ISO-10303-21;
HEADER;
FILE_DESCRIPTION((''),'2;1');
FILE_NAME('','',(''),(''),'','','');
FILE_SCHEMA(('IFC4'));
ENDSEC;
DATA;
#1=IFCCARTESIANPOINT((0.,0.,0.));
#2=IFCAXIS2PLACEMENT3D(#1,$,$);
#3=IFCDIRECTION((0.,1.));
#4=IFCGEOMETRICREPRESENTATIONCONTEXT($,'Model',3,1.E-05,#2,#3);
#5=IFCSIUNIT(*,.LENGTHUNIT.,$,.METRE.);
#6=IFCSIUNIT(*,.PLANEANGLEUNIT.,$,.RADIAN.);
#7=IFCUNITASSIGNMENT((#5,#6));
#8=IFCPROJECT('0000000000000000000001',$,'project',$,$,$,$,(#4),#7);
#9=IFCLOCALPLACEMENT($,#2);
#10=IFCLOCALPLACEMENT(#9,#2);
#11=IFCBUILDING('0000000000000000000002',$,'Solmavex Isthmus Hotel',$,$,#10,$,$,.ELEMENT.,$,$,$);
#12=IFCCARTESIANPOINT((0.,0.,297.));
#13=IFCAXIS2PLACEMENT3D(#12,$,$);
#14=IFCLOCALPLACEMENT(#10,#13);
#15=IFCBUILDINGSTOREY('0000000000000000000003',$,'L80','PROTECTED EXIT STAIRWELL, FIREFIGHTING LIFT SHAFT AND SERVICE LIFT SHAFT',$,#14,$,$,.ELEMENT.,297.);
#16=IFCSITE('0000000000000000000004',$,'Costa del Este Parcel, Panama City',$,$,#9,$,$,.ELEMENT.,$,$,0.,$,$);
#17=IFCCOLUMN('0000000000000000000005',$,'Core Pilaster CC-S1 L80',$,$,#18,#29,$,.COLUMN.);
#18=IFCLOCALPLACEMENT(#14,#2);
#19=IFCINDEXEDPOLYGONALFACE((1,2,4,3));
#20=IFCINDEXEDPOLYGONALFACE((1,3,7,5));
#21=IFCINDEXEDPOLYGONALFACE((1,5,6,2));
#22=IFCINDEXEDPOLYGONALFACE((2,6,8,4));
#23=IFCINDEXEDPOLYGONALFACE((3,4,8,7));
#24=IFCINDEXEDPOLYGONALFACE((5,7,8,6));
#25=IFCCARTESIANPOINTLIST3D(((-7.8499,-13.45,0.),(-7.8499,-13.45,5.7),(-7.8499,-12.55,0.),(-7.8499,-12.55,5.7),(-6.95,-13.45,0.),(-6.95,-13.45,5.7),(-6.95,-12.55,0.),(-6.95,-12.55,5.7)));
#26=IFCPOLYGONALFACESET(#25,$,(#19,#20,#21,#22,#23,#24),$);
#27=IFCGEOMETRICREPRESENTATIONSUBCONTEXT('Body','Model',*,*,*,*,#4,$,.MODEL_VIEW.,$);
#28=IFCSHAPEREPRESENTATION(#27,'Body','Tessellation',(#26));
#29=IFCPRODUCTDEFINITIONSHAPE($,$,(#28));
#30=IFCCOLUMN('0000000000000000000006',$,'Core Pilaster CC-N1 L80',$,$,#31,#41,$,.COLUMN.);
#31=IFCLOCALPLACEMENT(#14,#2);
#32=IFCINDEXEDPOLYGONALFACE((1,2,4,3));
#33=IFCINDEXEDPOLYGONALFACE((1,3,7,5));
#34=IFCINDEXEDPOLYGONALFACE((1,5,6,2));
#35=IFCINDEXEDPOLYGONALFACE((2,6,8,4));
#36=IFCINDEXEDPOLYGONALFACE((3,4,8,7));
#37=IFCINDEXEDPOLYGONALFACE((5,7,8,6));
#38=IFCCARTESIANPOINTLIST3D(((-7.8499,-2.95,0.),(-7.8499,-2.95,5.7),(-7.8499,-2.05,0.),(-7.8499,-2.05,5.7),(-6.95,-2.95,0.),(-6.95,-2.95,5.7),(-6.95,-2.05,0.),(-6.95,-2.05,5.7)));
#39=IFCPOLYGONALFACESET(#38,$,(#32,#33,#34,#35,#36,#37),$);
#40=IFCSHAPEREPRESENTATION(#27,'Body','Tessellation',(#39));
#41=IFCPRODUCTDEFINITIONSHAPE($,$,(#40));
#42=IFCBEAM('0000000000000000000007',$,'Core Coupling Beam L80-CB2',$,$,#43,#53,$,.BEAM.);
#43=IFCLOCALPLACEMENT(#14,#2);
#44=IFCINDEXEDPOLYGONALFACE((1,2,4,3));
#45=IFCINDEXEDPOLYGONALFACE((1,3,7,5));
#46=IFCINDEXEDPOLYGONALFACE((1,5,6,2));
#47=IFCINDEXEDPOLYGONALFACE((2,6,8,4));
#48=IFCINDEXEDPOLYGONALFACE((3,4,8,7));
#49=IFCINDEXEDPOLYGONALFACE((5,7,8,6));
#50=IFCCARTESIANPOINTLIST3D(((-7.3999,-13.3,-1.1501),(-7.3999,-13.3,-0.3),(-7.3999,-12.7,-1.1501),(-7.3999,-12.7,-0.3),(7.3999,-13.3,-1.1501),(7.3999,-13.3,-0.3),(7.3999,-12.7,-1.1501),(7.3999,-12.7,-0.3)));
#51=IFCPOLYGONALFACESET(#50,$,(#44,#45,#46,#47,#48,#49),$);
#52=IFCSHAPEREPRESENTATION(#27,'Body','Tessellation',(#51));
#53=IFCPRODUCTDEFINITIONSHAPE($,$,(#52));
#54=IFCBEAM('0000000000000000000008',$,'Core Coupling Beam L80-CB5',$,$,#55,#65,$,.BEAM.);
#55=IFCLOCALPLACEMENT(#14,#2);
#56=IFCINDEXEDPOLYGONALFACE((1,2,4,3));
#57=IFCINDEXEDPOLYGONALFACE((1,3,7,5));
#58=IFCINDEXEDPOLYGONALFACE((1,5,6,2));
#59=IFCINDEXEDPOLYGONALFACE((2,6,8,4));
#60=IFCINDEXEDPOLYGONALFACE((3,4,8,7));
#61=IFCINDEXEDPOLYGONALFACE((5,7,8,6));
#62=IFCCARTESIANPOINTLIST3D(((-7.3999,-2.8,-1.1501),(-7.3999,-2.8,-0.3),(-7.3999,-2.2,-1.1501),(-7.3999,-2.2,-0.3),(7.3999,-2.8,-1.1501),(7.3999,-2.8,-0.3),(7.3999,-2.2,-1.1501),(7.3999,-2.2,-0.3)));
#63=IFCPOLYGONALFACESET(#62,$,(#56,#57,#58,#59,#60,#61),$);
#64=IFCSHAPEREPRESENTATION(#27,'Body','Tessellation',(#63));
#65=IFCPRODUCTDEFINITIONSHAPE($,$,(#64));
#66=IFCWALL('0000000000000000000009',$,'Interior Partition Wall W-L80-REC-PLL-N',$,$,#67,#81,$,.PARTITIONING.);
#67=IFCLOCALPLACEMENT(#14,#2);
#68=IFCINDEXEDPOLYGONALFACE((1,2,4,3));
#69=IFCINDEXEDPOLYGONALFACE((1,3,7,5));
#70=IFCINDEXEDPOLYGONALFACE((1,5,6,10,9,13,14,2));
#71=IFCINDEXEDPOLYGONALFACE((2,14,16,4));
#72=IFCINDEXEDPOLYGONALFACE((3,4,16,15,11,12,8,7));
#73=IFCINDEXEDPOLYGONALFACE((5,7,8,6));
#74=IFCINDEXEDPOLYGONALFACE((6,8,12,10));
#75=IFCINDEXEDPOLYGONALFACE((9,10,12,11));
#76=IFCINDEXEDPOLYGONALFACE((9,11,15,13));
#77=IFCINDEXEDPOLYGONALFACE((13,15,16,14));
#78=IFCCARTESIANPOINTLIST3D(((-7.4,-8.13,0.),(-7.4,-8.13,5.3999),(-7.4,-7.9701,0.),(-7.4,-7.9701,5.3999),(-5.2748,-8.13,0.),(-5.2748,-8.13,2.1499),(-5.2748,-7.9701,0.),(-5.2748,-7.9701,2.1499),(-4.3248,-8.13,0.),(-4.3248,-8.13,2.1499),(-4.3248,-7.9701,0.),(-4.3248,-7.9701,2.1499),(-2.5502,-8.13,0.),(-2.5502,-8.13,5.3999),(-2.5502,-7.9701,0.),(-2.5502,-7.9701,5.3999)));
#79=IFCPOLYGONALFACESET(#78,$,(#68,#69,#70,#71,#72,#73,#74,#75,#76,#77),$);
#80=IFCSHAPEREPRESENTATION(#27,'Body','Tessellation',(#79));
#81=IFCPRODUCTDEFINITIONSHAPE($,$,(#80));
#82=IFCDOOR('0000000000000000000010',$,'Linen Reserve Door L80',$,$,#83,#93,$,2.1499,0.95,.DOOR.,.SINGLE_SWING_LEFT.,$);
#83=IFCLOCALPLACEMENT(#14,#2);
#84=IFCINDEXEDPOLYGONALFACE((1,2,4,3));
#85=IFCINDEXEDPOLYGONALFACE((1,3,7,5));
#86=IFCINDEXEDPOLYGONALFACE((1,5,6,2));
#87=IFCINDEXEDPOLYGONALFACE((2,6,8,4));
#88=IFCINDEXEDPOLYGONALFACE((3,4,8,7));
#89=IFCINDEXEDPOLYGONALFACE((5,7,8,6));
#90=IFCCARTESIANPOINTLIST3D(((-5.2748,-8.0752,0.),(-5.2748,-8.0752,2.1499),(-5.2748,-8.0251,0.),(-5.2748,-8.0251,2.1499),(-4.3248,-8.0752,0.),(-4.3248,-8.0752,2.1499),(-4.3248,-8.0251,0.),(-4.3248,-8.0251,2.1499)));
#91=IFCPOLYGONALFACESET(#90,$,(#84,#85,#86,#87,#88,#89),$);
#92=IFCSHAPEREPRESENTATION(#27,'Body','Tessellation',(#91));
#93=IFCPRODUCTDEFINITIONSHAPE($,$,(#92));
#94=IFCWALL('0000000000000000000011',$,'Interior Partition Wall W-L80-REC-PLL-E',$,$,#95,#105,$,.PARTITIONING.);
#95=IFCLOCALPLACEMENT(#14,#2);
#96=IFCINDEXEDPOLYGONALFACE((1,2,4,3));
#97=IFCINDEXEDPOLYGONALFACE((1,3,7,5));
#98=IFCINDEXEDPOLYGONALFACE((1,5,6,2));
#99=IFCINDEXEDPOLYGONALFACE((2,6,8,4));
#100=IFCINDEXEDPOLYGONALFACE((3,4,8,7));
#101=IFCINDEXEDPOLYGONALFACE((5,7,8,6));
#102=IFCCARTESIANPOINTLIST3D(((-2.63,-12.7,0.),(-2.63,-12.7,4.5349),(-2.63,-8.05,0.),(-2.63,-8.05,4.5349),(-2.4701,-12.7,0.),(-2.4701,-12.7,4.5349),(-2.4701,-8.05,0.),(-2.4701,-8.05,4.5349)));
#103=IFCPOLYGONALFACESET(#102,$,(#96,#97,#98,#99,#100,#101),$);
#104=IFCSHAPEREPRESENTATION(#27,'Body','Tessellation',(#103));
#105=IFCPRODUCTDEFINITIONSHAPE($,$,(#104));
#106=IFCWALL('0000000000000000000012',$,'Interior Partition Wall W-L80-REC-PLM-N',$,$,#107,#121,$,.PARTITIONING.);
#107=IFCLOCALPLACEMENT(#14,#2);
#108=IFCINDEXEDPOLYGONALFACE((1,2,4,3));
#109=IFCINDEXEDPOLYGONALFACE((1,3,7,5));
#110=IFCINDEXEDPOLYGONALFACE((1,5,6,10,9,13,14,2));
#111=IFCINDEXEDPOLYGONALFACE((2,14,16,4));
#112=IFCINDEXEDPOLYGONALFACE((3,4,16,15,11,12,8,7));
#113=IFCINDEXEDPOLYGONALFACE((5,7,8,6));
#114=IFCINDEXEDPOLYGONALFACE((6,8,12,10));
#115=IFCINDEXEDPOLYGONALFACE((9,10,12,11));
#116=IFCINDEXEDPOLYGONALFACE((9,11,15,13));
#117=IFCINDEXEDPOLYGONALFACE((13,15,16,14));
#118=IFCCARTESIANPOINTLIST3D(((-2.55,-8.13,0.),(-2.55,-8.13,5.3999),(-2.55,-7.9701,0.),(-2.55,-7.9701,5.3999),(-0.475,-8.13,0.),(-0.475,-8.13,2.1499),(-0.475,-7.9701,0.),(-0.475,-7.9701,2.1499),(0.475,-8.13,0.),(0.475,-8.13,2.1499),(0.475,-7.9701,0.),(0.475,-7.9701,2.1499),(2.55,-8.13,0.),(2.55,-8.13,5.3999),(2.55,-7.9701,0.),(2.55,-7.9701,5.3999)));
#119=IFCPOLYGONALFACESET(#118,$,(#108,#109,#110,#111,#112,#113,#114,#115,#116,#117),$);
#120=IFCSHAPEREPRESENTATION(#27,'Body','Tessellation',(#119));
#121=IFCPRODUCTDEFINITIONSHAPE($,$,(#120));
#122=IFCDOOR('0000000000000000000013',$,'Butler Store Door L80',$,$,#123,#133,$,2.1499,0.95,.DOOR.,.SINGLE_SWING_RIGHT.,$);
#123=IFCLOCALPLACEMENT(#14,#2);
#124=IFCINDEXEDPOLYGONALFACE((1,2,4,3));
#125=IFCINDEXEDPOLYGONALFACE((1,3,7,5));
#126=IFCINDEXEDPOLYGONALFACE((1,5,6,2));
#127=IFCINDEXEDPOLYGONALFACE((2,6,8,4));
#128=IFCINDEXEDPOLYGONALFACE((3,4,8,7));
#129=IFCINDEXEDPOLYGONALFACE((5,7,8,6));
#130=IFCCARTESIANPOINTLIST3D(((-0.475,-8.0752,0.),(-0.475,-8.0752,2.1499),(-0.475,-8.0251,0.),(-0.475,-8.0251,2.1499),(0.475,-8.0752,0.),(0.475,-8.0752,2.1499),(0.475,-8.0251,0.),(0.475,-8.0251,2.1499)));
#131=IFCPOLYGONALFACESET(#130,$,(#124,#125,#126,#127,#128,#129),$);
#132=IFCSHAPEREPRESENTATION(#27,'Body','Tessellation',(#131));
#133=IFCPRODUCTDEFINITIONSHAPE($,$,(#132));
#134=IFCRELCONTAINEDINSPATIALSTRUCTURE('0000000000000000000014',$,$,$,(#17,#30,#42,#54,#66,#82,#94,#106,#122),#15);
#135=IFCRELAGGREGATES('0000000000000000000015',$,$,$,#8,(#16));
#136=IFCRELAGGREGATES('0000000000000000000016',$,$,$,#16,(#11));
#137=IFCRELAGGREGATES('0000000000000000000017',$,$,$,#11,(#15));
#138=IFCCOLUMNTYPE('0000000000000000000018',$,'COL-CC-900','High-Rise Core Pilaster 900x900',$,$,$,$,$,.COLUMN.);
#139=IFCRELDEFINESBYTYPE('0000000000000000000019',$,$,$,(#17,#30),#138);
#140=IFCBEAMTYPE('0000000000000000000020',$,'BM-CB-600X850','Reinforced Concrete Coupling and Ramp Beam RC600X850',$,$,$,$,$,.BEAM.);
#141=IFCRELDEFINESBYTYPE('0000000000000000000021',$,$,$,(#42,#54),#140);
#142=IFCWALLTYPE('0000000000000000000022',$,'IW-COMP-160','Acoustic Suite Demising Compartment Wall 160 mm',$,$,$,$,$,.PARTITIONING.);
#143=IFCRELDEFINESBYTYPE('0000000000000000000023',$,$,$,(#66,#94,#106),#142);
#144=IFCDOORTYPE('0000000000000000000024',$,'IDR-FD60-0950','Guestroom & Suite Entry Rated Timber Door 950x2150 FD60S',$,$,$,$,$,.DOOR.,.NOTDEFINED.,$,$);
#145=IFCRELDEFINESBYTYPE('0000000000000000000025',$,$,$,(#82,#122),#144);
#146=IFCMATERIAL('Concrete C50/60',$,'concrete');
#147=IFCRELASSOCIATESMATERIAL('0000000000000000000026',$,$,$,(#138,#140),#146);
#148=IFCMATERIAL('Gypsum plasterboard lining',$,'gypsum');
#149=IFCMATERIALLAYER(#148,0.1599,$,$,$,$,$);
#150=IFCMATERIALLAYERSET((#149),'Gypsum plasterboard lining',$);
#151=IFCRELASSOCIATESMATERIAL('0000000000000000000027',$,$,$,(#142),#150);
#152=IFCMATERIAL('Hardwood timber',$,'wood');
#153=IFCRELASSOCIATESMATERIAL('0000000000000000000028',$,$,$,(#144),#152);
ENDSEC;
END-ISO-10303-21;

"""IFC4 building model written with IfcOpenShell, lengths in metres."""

from ifc_helpers import new_model, si_unit, direction, frame, frame_2d, origin, origin_2d, place, context, subcontext, project, spatial, rectangle, extrude, material, layer, layer_set, material_profile, profile_set, type_object, element, fill, save


model = new_model("IFC4")

# Units and contexts
model_context = context("Model", 3, precision=1e-05, world=origin(), true_north=direction((0.0, 1.0)))
body_context = subcontext(model_context, "Body", "Model", "MODEL_VIEW")
ifc_project = project(units=[si_unit("LENGTHUNIT", "METRE"), si_unit("PLANEANGLEUNIT", "RADIAN")], contexts=[model_context])

# Site, building, storey
site_placement = place(None, origin())
site = spatial("IfcSite", under=ifc_project, at=site_placement, Name="Costa del Este Parcel, Panama City", CompositionType="ELEMENT", RefElevation=0.0)
building_placement = place(site_placement, origin())
building = spatial("IfcBuilding", under=site, at=building_placement, Name="Solmavex Isthmus Hotel", CompositionType="ELEMENT")
storey_placement = place(building_placement, frame((0.0, 0.0, 297.0)))
storey = spatial("IfcBuildingStorey", under=building, at=storey_placement, Name="L80", Description="PROTECTED EXIT STAIRWELL, FIREFIGHTING LIFT SHAFT AND SERVICE LIFT SHAFT", CompositionType="ELEMENT", Elevation=297.0)

# Columns
ifc_material_1 = material(Name="Concrete C50/60", Category="concrete")
ifc_material_profile_1 = material_profile(ifc_material_1, rectangle(XDim=0.8999, YDim=0.8999, at=origin_2d()), Name="RC900X900")
ifc_profile_set_1 = profile_set([ifc_material_profile_1], Name="Concrete C50/60")
column_type = type_object("IfcColumnType", Name="COL-CC-900", Description="High-Rise Core Pilaster 900x900", PredefinedType="COLUMN", material=ifc_profile_set_1)
for number, where, z_axis, x_axis, name in (
    (1, (-7.3999, -13.0, 0.0), (0.0, 0.0, 1.0), (1.0, 0.0, 0.0), "Core Pilaster CC-S1 L80"),
    (2, (-7.3999, -2.5, 0.0), (0.0, 0.0, 1.0), (1.0, 0.0, 0.0), "Core Pilaster CC-N1 L80"),
):
    element("IfcColumn", number, at=place(storey_placement, frame(where, z_axis=z_axis, x_axis=x_axis)), inside=storey, type_object=column_type, Name=name, PredefinedType="COLUMN", context=body_context, shape_type="SweptSolid", body=[
        extrude(rectangle(XDim=0.8999, YDim=0.8999, at=origin_2d()), origin(), (0.0, 0.0, 1.0), 5.7),
    ])

# Beams
ifc_material_profile_2 = material_profile(ifc_material_1, rectangle(XDim=0.6001, YDim=0.8501, at=origin_2d()), Name="RC600X850")
ifc_profile_set_2 = profile_set([ifc_material_profile_2], Name="Concrete C50/60")
beam_type = type_object("IfcBeamType", Name="BM-CB-600X850", Description="Reinforced Concrete Coupling and Ramp Beam RC600X850", PredefinedType="BEAM", material=ifc_profile_set_2)
for number, where, z_axis, x_axis, name in (
    (3, (-7.3999, -13.0, -0.7251), (1.0, 0.0, 0.0), (0.0, 1.0, 0.0), "Core Coupling Beam L80-CB2"),
    (4, (-7.3999, -2.5, -0.7251), (1.0, 0.0, 0.0), (0.0, 1.0, 0.0), "Core Coupling Beam L80-CB5"),
):
    element("IfcBeam", number, at=place(storey_placement, frame(where, z_axis=z_axis, x_axis=x_axis)), inside=storey, type_object=beam_type, Name=name, PredefinedType="BEAM", context=body_context, shape_type="SweptSolid", body=[
        extrude(rectangle(XDim=0.6001, YDim=0.8501, at=origin_2d()), origin(), (0.0, 0.0, 1.0), 14.7998),
    ])

# Wall, opening, door
ifc_material_2 = material(Name="Gypsum plasterboard lining", Category="gypsum")
ifc_layer_1 = layer(ifc_material_2, 0.1599)
ifc_layer_set_1 = layer_set([ifc_layer_1], Name="Gypsum plasterboard lining")
wall_type_1 = type_object("IfcWallType", Name="IW-COMP-160", Description="Acoustic Suite Demising Compartment Wall 160 mm", PredefinedType="PARTITIONING", material=ifc_layer_set_1)
wall_1_placement = place(storey_placement, frame((-7.3999, -8.05, 0.0), z_axis=(0.0, 0.0, 1.0), x_axis=(1.0, 0.0, 0.0)))
wall_1 = element("IfcWall", 5, at=wall_1_placement, inside=storey, type_object=wall_type_1, Name="Interior Partition Wall W-L80-REC-PLL-N", PredefinedType="PARTITIONING", context=body_context, shape_type="SweptSolid", body=[
    extrude(rectangle(XDim=4.8499, YDim=0.1599, at=frame_2d((2.4248, 0.0))), origin(), (0.0, 0.0, 1.0), 5.3999),
])
opening_1_placement = place(wall_1_placement, frame((2.125, 0.0, 0.0)))
opening_1 = element("IfcOpeningElement", 6, at=opening_1_placement, cuts=wall_1, PredefinedType="OPENING", context=body_context, shape_type="SweptSolid", body=[
    extrude(rectangle(XDim=0.95, YDim=2.1499, at=frame_2d((0.4751, 1.075))), frame((0.0, 0.0898, 0.0), z_axis=(0.0, -1.0, 0.0), x_axis=(1.0, 0.0, 0.0)), (0.0, 0.0, 1.0), 0.1799),
])
ifc_material_3 = material(Name="Hardwood timber", Category="wood")
door_type_1 = type_object("IfcDoorType", Name="IDR-FD60-0950", Description="Guestroom & Suite Entry Rated Timber Door 950x2150 FD60S", OperationType="NOTDEFINED", PredefinedType="DOOR", material=ifc_material_3)
door_1_placement = place(opening_1_placement, origin())
door_1 = element("IfcDoor", 7, at=door_1_placement, inside=storey, type_object=door_type_1, Name="Linen Reserve Door L80", OperationType="SINGLE_SWING_LEFT", OverallHeight=2.1499, OverallWidth=0.95, PredefinedType="DOOR", context=body_context, shape_type="SweptSolid", body=[
    extrude(rectangle(XDim=0.95, YDim=2.1499, at=frame_2d((0.4751, 1.075))), frame((0.0, 0.0249, 0.0), z_axis=(0.0, -1.0, 0.0), x_axis=(1.0, 0.0, 0.0)), (0.0, 0.0, 1.0), 0.05),
])
fill(opening_1, door_1)

# Wall
wall_2_placement = place(storey_placement, frame((-2.55, -12.7, 0.0), z_axis=(0.0, 0.0, 1.0), x_axis=(0.0, 1.0, 0.0)))
element("IfcWall", 8, at=wall_2_placement, inside=storey, type_object=wall_type_1, Name="Interior Partition Wall W-L80-REC-PLL-E", PredefinedType="PARTITIONING", context=body_context, shape_type="SweptSolid", body=[
    extrude(rectangle(XDim=4.6499, YDim=0.1599, at=frame_2d((2.325, 0.0))), origin(), (0.0, 0.0, 1.0), 4.5349),
])

# Wall, opening, door
wall_3_placement = place(storey_placement, frame((-2.55, -8.05, 0.0), z_axis=(0.0, 0.0, 1.0), x_axis=(1.0, 0.0, 0.0)))
wall_3 = element("IfcWall", 9, at=wall_3_placement, inside=storey, type_object=wall_type_1, Name="Interior Partition Wall W-L80-REC-PLM-N", PredefinedType="PARTITIONING", context=body_context, shape_type="SweptSolid", body=[
    extrude(rectangle(XDim=5.1001, YDim=0.1599, at=frame_2d((2.55, 0.0))), origin(), (0.0, 0.0, 1.0), 5.3999),
])
opening_2_placement = place(wall_3_placement, frame((2.075, 0.0, 0.0)))
opening_2 = element("IfcOpeningElement", 10, at=opening_2_placement, cuts=wall_3, PredefinedType="OPENING", context=body_context, shape_type="SweptSolid", body=[
    extrude(rectangle(XDim=0.95, YDim=2.1499, at=frame_2d((0.4751, 1.075))), frame((0.0, 0.0898, 0.0), z_axis=(0.0, -1.0, 0.0), x_axis=(1.0, 0.0, 0.0)), (0.0, 0.0, 1.0), 0.1799),
])
door_2_placement = place(opening_2_placement, origin())
door_2 = element("IfcDoor", 11, at=door_2_placement, inside=storey, type_object=door_type_1, Name="Butler Store Door L80", OperationType="SINGLE_SWING_RIGHT", OverallHeight=2.1499, OverallWidth=0.95, PredefinedType="DOOR", context=body_context, shape_type="SweptSolid", body=[
    extrude(rectangle(XDim=0.95, YDim=2.1499, at=frame_2d((0.4751, 1.075))), frame((0.0, 0.0249, 0.0), z_axis=(0.0, -1.0, 0.0), x_axis=(1.0, 0.0, 0.0)), (0.0, 0.0, 1.0), 0.05),
])
fill(opening_2, door_2)

save(model, "model.ifc")
